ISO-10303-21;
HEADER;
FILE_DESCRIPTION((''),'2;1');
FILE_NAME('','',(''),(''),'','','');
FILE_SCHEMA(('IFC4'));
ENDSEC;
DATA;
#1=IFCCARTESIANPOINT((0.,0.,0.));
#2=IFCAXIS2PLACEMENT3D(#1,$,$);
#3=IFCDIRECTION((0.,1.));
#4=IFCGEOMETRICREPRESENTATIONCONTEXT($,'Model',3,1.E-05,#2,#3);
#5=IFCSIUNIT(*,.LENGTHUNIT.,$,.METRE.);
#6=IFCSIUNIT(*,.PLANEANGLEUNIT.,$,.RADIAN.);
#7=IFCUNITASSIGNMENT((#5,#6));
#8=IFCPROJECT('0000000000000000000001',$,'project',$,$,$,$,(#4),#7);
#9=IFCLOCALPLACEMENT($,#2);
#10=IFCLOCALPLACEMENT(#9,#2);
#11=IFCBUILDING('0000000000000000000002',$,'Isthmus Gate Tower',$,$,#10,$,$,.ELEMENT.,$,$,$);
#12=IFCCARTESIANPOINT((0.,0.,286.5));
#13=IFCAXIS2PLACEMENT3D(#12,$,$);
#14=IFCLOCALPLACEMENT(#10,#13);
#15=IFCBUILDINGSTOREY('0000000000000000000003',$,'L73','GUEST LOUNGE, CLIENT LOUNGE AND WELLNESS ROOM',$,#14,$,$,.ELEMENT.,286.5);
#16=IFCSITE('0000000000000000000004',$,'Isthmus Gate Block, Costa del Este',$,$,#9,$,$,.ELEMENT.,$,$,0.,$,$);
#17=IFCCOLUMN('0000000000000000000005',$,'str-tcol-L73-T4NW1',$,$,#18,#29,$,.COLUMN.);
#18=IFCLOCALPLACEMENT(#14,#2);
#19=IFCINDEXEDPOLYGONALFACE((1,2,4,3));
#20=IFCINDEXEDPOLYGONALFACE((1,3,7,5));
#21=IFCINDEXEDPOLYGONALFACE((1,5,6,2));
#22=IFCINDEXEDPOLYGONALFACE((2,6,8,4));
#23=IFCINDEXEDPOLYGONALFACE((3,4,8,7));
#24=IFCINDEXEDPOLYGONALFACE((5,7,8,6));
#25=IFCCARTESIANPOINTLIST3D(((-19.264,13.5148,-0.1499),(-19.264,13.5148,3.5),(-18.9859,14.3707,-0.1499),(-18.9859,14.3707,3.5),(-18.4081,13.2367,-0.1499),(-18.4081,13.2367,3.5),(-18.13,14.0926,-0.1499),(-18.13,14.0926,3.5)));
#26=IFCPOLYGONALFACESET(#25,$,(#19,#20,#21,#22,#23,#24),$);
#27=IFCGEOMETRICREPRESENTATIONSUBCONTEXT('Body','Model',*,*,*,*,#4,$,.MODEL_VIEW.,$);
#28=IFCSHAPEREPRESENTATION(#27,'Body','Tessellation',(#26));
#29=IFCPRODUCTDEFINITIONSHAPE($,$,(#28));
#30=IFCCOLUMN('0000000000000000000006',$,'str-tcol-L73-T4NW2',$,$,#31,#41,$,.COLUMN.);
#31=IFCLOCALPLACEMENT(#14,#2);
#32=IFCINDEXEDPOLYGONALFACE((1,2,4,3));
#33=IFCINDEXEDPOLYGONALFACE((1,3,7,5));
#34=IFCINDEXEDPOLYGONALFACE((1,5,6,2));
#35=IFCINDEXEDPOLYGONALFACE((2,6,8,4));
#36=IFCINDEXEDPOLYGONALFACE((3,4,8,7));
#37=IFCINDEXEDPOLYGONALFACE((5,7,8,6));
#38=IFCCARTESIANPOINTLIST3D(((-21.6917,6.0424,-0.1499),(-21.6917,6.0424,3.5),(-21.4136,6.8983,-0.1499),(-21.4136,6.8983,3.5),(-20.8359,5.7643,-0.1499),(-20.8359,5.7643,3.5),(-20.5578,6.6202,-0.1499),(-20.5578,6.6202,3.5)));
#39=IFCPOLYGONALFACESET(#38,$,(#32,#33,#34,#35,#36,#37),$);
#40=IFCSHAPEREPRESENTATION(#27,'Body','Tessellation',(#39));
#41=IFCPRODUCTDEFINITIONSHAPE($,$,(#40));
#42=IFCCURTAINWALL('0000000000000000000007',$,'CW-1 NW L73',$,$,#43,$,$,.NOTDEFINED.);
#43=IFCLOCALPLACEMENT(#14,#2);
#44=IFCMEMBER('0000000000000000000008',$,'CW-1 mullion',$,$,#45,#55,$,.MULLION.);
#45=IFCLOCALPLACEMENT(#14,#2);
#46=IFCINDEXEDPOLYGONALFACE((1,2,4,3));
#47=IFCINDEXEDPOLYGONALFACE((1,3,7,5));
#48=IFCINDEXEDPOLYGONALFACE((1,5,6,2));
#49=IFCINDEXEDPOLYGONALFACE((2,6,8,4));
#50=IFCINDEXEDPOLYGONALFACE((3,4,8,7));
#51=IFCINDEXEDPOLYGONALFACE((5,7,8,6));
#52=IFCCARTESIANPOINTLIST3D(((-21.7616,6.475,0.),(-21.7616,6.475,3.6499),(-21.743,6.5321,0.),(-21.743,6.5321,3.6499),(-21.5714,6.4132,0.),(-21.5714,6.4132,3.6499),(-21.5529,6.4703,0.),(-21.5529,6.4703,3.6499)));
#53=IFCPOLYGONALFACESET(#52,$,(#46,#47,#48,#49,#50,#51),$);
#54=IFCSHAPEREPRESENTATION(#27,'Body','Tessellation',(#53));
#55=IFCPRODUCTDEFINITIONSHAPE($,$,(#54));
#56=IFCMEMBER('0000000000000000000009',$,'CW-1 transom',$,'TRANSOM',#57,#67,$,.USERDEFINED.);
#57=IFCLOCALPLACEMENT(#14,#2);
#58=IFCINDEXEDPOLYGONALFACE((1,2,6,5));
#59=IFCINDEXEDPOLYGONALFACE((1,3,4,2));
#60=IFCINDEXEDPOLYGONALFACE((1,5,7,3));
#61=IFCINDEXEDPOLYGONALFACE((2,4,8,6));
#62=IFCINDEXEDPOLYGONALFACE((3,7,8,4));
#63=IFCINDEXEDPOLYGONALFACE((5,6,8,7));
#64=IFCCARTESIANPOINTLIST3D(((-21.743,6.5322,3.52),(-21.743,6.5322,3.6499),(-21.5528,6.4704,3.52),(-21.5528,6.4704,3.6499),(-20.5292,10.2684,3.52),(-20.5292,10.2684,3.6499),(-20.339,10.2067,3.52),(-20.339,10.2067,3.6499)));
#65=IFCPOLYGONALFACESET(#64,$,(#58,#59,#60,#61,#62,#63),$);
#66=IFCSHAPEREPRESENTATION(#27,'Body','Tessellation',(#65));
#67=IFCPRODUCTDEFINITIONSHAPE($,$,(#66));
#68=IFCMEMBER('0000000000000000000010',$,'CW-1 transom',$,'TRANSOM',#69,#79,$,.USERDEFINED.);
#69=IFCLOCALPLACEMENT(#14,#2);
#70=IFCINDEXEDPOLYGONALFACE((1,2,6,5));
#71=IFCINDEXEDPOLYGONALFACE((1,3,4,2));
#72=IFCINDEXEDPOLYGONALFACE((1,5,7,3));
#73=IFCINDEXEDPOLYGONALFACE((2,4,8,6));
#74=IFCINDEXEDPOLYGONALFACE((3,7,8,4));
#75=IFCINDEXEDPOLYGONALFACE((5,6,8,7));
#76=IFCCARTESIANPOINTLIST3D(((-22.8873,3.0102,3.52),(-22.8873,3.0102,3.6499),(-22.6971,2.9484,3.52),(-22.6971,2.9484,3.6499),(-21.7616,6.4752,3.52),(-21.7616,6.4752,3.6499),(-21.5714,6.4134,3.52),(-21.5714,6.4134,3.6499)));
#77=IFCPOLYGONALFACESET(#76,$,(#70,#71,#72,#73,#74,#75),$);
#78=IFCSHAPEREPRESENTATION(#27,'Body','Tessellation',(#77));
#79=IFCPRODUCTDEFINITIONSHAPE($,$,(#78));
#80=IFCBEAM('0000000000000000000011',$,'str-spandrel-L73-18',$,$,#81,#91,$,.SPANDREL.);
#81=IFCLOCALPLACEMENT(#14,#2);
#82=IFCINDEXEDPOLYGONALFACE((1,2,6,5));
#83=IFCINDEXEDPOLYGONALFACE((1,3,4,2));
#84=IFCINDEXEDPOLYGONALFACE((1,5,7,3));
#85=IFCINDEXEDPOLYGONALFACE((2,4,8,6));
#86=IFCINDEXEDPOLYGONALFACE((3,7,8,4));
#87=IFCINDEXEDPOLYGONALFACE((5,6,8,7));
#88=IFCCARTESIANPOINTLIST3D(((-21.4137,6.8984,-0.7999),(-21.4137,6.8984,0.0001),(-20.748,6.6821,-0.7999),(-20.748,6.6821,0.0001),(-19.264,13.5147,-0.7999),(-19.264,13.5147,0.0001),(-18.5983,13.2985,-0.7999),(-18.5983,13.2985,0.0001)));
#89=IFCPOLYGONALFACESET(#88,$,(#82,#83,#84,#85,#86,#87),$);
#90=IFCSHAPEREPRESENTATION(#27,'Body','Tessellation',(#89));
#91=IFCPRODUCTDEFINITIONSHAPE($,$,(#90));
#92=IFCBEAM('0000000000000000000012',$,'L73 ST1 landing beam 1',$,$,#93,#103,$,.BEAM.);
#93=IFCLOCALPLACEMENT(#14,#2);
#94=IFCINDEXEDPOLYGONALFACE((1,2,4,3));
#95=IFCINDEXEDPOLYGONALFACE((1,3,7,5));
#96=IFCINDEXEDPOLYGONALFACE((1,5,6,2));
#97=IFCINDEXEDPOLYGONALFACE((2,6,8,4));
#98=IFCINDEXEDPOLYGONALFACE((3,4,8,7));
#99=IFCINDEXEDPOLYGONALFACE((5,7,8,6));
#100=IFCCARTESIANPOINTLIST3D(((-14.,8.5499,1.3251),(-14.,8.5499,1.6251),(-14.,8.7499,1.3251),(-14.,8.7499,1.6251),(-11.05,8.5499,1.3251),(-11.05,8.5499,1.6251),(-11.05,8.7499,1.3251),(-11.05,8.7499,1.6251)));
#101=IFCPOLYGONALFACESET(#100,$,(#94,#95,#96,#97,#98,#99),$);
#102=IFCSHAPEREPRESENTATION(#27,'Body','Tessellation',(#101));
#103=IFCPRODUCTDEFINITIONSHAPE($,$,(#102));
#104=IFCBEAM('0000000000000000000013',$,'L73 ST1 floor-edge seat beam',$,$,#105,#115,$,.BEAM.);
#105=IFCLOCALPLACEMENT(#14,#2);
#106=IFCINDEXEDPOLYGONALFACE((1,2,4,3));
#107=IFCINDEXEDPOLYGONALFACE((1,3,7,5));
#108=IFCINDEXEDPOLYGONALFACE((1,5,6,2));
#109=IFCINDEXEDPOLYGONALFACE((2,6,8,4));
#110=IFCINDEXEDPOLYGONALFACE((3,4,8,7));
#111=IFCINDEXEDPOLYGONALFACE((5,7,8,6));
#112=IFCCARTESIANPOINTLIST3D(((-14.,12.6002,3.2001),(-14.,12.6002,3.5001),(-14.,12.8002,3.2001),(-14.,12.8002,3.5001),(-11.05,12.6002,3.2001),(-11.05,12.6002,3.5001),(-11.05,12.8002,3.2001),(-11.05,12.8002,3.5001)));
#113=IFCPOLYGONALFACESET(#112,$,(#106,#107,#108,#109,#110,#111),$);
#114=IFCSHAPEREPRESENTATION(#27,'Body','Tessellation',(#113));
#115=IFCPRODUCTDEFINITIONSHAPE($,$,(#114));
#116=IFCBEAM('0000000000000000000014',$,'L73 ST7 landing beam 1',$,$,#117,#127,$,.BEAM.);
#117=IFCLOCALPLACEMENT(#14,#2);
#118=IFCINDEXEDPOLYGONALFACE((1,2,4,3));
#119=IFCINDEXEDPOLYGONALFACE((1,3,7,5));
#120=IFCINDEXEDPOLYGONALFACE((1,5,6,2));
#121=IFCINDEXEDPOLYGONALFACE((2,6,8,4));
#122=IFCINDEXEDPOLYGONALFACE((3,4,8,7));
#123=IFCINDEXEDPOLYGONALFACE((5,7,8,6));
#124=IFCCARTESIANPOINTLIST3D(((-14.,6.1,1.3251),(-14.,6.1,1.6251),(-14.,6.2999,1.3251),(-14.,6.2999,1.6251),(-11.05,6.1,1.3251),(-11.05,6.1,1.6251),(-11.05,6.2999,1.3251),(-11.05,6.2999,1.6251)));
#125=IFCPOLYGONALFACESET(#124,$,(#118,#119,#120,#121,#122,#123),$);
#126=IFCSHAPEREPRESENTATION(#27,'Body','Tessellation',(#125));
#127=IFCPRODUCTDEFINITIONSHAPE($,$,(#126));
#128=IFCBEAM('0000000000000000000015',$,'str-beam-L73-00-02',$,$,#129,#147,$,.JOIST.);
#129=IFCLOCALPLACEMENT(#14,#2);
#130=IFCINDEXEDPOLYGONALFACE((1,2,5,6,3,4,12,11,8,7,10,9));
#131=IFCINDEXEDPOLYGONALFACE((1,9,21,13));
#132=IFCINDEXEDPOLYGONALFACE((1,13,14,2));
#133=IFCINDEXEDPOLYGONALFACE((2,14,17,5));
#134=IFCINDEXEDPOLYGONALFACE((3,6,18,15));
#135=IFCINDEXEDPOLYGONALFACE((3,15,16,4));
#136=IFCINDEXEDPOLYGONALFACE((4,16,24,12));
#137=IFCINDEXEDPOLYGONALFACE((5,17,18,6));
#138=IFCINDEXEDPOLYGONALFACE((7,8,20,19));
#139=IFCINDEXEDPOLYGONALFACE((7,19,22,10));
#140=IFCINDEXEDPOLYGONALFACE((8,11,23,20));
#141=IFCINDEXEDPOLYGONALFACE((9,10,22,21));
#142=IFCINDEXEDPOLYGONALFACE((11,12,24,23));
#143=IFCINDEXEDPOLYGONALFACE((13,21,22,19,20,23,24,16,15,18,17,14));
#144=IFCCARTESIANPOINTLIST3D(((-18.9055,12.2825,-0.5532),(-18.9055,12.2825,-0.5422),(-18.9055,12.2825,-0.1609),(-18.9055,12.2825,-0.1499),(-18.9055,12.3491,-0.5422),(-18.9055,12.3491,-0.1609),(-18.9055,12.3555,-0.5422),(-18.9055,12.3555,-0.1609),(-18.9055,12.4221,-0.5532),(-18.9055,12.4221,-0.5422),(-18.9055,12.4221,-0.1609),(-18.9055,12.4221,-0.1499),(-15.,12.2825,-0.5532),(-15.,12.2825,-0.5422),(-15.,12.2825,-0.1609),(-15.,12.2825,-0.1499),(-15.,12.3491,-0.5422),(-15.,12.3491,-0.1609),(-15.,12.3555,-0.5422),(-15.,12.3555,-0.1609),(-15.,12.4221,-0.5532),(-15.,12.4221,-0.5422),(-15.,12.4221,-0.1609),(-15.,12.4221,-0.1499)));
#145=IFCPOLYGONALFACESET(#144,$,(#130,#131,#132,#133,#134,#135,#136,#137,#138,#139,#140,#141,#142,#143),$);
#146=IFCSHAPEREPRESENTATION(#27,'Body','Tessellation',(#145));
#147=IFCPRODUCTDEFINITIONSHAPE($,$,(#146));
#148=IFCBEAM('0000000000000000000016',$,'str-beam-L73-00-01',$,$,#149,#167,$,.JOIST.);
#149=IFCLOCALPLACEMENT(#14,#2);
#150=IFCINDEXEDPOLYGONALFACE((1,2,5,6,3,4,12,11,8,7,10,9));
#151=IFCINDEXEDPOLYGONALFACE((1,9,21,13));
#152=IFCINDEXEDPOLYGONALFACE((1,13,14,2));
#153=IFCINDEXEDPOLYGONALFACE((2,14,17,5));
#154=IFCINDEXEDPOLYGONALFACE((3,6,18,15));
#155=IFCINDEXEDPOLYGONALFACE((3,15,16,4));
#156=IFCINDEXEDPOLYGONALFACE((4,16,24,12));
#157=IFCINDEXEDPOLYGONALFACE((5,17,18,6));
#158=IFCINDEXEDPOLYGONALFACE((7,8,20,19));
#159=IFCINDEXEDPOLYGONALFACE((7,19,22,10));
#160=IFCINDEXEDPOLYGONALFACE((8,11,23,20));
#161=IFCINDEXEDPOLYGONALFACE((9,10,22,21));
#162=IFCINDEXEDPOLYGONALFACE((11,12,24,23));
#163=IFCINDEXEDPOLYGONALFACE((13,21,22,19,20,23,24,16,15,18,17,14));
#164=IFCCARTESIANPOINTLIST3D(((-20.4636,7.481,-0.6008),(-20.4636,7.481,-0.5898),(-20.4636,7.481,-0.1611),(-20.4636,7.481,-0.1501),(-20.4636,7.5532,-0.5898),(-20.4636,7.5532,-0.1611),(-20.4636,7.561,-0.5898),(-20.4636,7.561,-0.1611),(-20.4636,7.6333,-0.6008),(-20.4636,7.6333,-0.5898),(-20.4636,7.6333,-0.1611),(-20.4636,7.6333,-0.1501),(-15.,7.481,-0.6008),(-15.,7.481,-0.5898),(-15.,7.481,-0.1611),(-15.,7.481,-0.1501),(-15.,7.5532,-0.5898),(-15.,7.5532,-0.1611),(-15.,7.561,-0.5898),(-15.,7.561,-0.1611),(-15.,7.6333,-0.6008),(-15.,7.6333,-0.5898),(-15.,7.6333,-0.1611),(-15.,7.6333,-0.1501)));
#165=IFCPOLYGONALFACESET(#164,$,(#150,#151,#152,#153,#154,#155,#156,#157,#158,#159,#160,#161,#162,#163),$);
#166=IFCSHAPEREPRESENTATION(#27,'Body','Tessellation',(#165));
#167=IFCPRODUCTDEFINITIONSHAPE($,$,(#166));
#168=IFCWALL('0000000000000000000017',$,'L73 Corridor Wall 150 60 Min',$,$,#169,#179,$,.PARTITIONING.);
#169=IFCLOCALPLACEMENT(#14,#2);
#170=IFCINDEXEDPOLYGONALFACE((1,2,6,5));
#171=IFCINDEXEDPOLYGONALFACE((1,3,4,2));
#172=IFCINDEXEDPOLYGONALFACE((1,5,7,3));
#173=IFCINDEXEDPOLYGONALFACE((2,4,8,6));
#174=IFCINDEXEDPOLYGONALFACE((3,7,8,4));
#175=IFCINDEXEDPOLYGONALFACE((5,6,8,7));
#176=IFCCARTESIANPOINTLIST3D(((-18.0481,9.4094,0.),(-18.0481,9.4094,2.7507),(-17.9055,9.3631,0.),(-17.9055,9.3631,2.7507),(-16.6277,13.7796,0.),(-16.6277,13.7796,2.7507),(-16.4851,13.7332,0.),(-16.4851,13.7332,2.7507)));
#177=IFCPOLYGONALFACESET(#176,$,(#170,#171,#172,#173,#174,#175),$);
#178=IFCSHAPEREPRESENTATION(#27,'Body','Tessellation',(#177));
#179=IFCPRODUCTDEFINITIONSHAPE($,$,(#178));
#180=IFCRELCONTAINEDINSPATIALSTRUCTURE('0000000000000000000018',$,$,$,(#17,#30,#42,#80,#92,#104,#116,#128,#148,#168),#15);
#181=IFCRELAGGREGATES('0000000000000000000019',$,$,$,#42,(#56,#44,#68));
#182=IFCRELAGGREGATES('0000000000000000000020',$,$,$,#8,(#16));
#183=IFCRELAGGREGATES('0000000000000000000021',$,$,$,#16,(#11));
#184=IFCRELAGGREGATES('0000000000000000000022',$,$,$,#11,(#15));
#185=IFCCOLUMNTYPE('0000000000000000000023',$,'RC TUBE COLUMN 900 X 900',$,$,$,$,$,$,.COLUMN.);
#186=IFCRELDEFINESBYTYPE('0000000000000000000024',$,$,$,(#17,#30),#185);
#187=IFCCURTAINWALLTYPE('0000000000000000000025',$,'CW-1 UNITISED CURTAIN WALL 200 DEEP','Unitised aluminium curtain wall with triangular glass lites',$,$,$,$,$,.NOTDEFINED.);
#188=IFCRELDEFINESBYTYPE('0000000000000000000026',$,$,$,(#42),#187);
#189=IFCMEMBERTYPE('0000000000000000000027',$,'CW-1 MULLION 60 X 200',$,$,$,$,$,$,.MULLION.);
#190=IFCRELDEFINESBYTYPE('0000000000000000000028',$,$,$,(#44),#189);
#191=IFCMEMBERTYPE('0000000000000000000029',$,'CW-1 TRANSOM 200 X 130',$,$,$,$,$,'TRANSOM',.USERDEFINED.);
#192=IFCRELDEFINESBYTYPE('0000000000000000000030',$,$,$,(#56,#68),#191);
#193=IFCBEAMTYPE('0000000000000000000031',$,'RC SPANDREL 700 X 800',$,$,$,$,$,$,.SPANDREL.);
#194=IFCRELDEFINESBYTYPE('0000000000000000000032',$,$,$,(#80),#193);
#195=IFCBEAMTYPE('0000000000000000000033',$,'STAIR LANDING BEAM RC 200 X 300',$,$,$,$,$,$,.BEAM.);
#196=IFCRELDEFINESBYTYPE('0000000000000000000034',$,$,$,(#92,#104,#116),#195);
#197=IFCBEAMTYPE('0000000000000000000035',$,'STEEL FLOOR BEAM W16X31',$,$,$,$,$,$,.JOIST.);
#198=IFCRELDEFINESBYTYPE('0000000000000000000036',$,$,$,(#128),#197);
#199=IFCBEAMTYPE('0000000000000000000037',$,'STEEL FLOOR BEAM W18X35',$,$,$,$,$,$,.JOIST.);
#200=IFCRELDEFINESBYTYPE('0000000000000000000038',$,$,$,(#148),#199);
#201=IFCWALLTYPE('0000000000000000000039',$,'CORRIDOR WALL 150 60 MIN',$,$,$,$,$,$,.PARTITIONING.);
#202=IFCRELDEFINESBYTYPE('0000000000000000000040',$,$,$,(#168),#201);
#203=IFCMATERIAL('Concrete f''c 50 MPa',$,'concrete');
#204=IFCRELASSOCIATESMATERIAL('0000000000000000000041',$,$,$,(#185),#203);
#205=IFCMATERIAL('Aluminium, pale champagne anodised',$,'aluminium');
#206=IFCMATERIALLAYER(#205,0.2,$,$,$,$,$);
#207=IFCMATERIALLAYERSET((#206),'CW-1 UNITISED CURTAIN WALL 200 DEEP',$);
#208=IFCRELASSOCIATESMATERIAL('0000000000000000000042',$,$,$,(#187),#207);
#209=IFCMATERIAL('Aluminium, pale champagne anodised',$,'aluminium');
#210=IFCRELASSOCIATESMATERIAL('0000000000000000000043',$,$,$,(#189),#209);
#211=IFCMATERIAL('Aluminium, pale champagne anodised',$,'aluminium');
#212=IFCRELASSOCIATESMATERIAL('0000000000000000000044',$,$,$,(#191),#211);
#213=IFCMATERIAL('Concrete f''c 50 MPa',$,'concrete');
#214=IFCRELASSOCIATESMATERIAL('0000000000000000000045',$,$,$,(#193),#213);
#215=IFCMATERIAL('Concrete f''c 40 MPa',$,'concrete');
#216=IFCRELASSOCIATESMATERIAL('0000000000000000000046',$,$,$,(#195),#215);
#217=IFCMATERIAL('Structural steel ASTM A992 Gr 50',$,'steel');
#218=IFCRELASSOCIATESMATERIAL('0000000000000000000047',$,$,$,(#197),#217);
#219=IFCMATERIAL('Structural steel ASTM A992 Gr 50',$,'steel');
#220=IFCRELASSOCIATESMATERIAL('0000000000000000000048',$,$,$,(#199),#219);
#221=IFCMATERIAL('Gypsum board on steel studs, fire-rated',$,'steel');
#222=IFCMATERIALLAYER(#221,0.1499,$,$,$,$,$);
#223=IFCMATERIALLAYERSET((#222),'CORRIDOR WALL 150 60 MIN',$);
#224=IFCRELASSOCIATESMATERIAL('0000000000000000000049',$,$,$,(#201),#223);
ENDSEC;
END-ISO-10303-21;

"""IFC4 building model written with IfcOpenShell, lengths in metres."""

from ifc_helpers import new_model, si_unit, direction, frame, frame_2d, origin, origin_2d, place, context, subcontext, project, spatial, rectangle, i_section, extrude, material, layer, layer_set, material_profile, profile_set, type_object, element, aggregate, save


model = new_model("IFC4")

# Units and contexts
model_context = context("Model", 3, precision=1e-05, world=origin(), true_north=direction((0.0, 1.0)))
body_context = subcontext(model_context, "Body", "Model", "MODEL_VIEW")
ifc_project = project(units=[si_unit("LENGTHUNIT", "METRE"), si_unit("PLANEANGLEUNIT", "RADIAN")], contexts=[model_context])

# Site, building, storey
site_placement = place(None, origin())
site = spatial("IfcSite", under=ifc_project, at=site_placement, Name="Isthmus Gate Block, Costa del Este", CompositionType="ELEMENT", RefElevation=0.0)
building_placement = place(site_placement, origin())
building = spatial("IfcBuilding", under=site, at=building_placement, Name="Isthmus Gate Tower", CompositionType="ELEMENT")
storey_placement = place(building_placement, frame((0.0, 0.0, 286.5)))
storey = spatial("IfcBuildingStorey", under=building, at=storey_placement, Name="L73", Description="GUEST LOUNGE, CLIENT LOUNGE AND WELLNESS ROOM", CompositionType="ELEMENT", Elevation=286.5)

# Columns
ifc_material_1 = material(Name="Concrete f'c 50 MPa", Category="concrete")
ifc_material_profile_1 = material_profile(ifc_material_1, rectangle(XDim=0.8999, YDim=0.8999, at=origin_2d()), Name="RC 900X900")
ifc_profile_set_1 = profile_set([ifc_material_profile_1], Name="Concrete f'c 50 MPa")
column_type = type_object("IfcColumnType", Name="RC TUBE COLUMN 900 X 900", PredefinedType="COLUMN", material=ifc_profile_set_1)
for number, where, z_axis, x_axis, name in (
    (1, (-18.697, 13.8037, -0.1499), (0.0, 0.0, 1.0), (-0.309017, -0.951057, 0.0), "str-tcol-L73-T4NW1"),
    (2, (-21.1248, 6.3313, -0.1499), (0.0, 0.0, 1.0), (-0.309017, -0.951057, 0.0), "str-tcol-L73-T4NW2"),
):
    element("IfcColumn", number, at=place(storey_placement, frame(where, z_axis=z_axis, x_axis=x_axis)), inside=storey, type_object=column_type, Name=name, PredefinedType="COLUMN", context=body_context, shape_type="SweptSolid", body=[
        extrude(rectangle(XDim=0.8999, YDim=0.8999, at=origin_2d()), origin(), (0.0, 0.0, 1.0), 3.6499),
    ])

# Curtain wall, members
ifc_material_2 = material(Name="Aluminium, pale champagne anodised", Category="aluminium")
ifc_layer_1 = layer(ifc_material_2, 0.2)
ifc_layer_set_1 = layer_set([ifc_layer_1], Name="CW-1 UNITISED CURTAIN WALL 200 DEEP")
curtain_wall_type = type_object("IfcCurtainWallType", Name="CW-1 UNITISED CURTAIN WALL 200 DEEP", Description="Unitised aluminium curtain wall with triangular glass lites", PredefinedType="NOTDEFINED", material=ifc_layer_set_1)
curtain_wall_placement = place(storey_placement, origin())
curtain_wall = element("IfcCurtainWall", 3, at=curtain_wall_placement, inside=storey, type_object=curtain_wall_type, Name="CW-1 NW L73", PredefinedType="NOTDEFINED")
ifc_material_3 = material(Name="Aluminium, pale champagne anodised", Category="aluminium")
ifc_material_profile_2 = material_profile(ifc_material_3, rectangle(XDim=0.0601, YDim=0.2, at=origin_2d()), Name="60x200")
ifc_profile_set_2 = profile_set([ifc_material_profile_2], Name="Aluminium, pale champagne anodised")
member_type_1 = type_object("IfcMemberType", Name="CW-1 MULLION 60 X 200", PredefinedType="MULLION", material=ifc_profile_set_2)
member_1_placement = place(storey_placement, frame((-21.6572, 6.4727, 0.0), z_axis=(0.0, 0.0, 1.0), x_axis=(-0.309017, -0.951057, 0.0)))
member_1 = element("IfcMember", 4, at=member_1_placement, type_object=member_type_1, Name="CW-1 mullion", PredefinedType="MULLION", context=body_context, shape_type="SweptSolid", body=[
    extrude(rectangle(XDim=0.0601, YDim=0.2, at=origin_2d()), origin(), (0.0, 0.0, 1.0), 3.6499),
])
ifc_material_4 = material(Name="Aluminium, pale champagne anodised", Category="aluminium")
ifc_material_profile_3 = material_profile(ifc_material_4, rectangle(XDim=0.2, YDim=0.1299, at=origin_2d()), Name="200x130")
ifc_profile_set_3 = profile_set([ifc_material_profile_3], Name="Aluminium, pale champagne anodised")
member_type_2 = type_object("IfcMemberType", Name="CW-1 TRANSOM 200 X 130", ElementType="TRANSOM", PredefinedType="USERDEFINED", material=ifc_profile_set_3)
member_2_placement = place(storey_placement, frame((-20.4341, 10.2375, 3.585), z_axis=(-0.308985, -0.951067, 0.0), x_axis=(0.951067, -0.308985, 0.0)))
member_2 = element("IfcMember", 5, at=member_2_placement, type_object=member_type_2, Name="CW-1 transom", ObjectType="TRANSOM", PredefinedType="USERDEFINED", context=body_context, shape_type="SweptSolid", body=[
    extrude(rectangle(XDim=0.2, YDim=0.1299, at=origin_2d()), origin(), (0.0, 0.0, 1.0), 3.9285),
])
member_3_placement = place(storey_placement, frame((-21.6665, 6.4443, 3.585), z_axis=(-0.308982, -0.951068, 0.0), x_axis=(0.951068, -0.308982, 0.0)))
member_3 = element("IfcMember", 6, at=member_3_placement, type_object=member_type_2, Name="CW-1 transom", ObjectType="TRANSOM", PredefinedType="USERDEFINED", context=body_context, shape_type="SweptSolid", body=[
    extrude(rectangle(XDim=0.2, YDim=0.1299, at=origin_2d()), origin(), (0.0, 0.0, 1.0), 3.6433),
])

# Beams
ifc_material_5 = material(Name="Concrete f'c 50 MPa", Category="concrete")
ifc_material_profile_4 = material_profile(ifc_material_5, rectangle(XDim=0.7, YDim=0.8, at=origin_2d()), Name="RC 700X800")
ifc_profile_set_4 = profile_set([ifc_material_profile_4], Name="Concrete f'c 50 MPa")
beam_type_1 = type_object("IfcBeamType", Name="RC SPANDREL 700 X 800", PredefinedType="SPANDREL", material=ifc_profile_set_4)
beam_1_placement = place(storey_placement, frame((-21.0808, 6.7903, -0.3999), z_axis=(0.309007, 0.95106, 0.0), x_axis=(-0.95106, 0.309007, 0.0)))
element("IfcBeam", 7, at=beam_1_placement, inside=storey, type_object=beam_type_1, Name="str-spandrel-L73-18", PredefinedType="SPANDREL", context=body_context, shape_type="SweptSolid", body=[
    extrude(rectangle(XDim=0.7, YDim=0.8, at=origin_2d()), origin(), (0.0, 0.0, 1.0), 6.9568),
])
ifc_material_6 = material(Name="Concrete f'c 40 MPa", Category="concrete")
ifc_material_profile_5 = material_profile(ifc_material_6, rectangle(XDim=0.2, YDim=0.3, at=origin_2d()), Name="STAIR LANDING BEAM RC 200 X 300")
ifc_profile_set_5 = profile_set([ifc_material_profile_5], Name="Concrete f'c 40 MPa")
beam_type_2 = type_object("IfcBeamType", Name="STAIR LANDING BEAM RC 200 X 300", PredefinedType="BEAM", material=ifc_profile_set_5)
for number, where, z_axis, x_axis, name in (
    (8, (-14.0, 8.6499, 1.4751), (1.0, 0.0, 0.0), (0.0, 1.0, 0.0), "L73 ST1 landing beam 1"),
    (9, (-14.0, 12.7002, 3.3501), (1.0, 0.0, 0.0), (0.0, 1.0, 0.0), "L73 ST1 floor-edge seat beam"),
    (10, (-14.0, 6.2, 1.4751), (1.0, 0.0, 0.0), (0.0, 1.0, 0.0), "L73 ST7 landing beam 1"),
):
    element("IfcBeam", number, at=place(storey_placement, frame(where, z_axis=z_axis, x_axis=x_axis)), inside=storey, type_object=beam_type_2, Name=name, PredefinedType="BEAM", context=body_context, shape_type="SweptSolid", body=[
        extrude(rectangle(XDim=0.2, YDim=0.3, at=origin_2d()), origin(), (0.0, 0.0, 1.0), 2.95),
    ])
ifc_material_7 = material(Name="Structural steel ASTM A992 Gr 50", Category="steel")
ifc_material_profile_6 = material_profile(ifc_material_7, i_section(OverallWidth=0.1396, OverallDepth=0.4033, WebThickness=0.0063, FlangeThickness=0.011, at=origin_2d()), Name="W16X31")
ifc_profile_set_6 = profile_set([ifc_material_profile_6], Name="Structural steel ASTM A992 Gr 50")
beam_type_3 = type_object("IfcBeamType", Name="STEEL FLOOR BEAM W16X31", PredefinedType="JOIST", material=ifc_profile_set_6)
beam_2_placement = place(storey_placement, frame((-18.9055, 12.3523, -0.3516), z_axis=(1.0, 0.0, 0.0), x_axis=(0.0, 1.0, 0.0)))
element("IfcBeam", 11, at=beam_2_placement, inside=storey, type_object=beam_type_3, Name="str-beam-L73-00-02", PredefinedType="JOIST", context=body_context, shape_type="SweptSolid", body=[
    extrude(i_section(OverallWidth=0.1396, OverallDepth=0.4033, WebThickness=0.0063, FlangeThickness=0.011, at=origin_2d()), origin(), (0.0, 0.0, 1.0), 3.9055),
])
ifc_material_8 = material(Name="Structural steel ASTM A992 Gr 50", Category="steel")
ifc_material_profile_7 = material_profile(ifc_material_8, i_section(OverallWidth=0.1523, OverallDepth=0.4507, WebThickness=0.0078, FlangeThickness=0.011, at=origin_2d()), Name="W18X35")
ifc_profile_set_7 = profile_set([ifc_material_profile_7], Name="Structural steel ASTM A992 Gr 50")
beam_type_4 = type_object("IfcBeamType", Name="STEEL FLOOR BEAM W18X35", PredefinedType="JOIST", material=ifc_profile_set_7)
beam_3_placement = place(storey_placement, frame((-20.4636, 7.5571, -0.3755), z_axis=(1.0, 0.0, 0.0), x_axis=(0.0, 1.0, 0.0)))
element("IfcBeam", 12, at=beam_3_placement, inside=storey, type_object=beam_type_4, Name="str-beam-L73-00-01", PredefinedType="JOIST", context=body_context, shape_type="SweptSolid", body=[
    extrude(i_section(OverallWidth=0.1523, OverallDepth=0.4507, WebThickness=0.0078, FlangeThickness=0.011, at=origin_2d()), origin(), (0.0, 0.0, 1.0), 5.4636),
])

# Wall
ifc_material_9 = material(Name="Gypsum board on steel studs, fire-rated", Category="steel")
ifc_layer_2 = layer(ifc_material_9, 0.1499)
ifc_layer_set_2 = layer_set([ifc_layer_2], Name="CORRIDOR WALL 150 60 MIN")
wall_type_1 = type_object("IfcWallType", Name="CORRIDOR WALL 150 60 MIN", PredefinedType="PARTITIONING", material=ifc_layer_set_2)
wall_1_placement = place(storey_placement, frame((-17.9768, 9.3862, 0.0), z_axis=(0.0, 0.0, 1.0), x_axis=(0.30911, 0.951026, 0.0)))
element("IfcWall", 13, at=wall_1_placement, inside=storey, type_object=wall_type_1, Name="L73 Corridor Wall 150 60 Min", PredefinedType="PARTITIONING", context=body_context, shape_type="SweptSolid", body=[
    extrude(rectangle(XDim=4.5952, YDim=0.1499, at=frame_2d((2.2976, 0.0))), origin(), (0.0, 0.0, 1.0), 2.7507),
])

aggregate(curtain_wall, [member_2, member_1, member_3])

save(model, "model.ifc")
